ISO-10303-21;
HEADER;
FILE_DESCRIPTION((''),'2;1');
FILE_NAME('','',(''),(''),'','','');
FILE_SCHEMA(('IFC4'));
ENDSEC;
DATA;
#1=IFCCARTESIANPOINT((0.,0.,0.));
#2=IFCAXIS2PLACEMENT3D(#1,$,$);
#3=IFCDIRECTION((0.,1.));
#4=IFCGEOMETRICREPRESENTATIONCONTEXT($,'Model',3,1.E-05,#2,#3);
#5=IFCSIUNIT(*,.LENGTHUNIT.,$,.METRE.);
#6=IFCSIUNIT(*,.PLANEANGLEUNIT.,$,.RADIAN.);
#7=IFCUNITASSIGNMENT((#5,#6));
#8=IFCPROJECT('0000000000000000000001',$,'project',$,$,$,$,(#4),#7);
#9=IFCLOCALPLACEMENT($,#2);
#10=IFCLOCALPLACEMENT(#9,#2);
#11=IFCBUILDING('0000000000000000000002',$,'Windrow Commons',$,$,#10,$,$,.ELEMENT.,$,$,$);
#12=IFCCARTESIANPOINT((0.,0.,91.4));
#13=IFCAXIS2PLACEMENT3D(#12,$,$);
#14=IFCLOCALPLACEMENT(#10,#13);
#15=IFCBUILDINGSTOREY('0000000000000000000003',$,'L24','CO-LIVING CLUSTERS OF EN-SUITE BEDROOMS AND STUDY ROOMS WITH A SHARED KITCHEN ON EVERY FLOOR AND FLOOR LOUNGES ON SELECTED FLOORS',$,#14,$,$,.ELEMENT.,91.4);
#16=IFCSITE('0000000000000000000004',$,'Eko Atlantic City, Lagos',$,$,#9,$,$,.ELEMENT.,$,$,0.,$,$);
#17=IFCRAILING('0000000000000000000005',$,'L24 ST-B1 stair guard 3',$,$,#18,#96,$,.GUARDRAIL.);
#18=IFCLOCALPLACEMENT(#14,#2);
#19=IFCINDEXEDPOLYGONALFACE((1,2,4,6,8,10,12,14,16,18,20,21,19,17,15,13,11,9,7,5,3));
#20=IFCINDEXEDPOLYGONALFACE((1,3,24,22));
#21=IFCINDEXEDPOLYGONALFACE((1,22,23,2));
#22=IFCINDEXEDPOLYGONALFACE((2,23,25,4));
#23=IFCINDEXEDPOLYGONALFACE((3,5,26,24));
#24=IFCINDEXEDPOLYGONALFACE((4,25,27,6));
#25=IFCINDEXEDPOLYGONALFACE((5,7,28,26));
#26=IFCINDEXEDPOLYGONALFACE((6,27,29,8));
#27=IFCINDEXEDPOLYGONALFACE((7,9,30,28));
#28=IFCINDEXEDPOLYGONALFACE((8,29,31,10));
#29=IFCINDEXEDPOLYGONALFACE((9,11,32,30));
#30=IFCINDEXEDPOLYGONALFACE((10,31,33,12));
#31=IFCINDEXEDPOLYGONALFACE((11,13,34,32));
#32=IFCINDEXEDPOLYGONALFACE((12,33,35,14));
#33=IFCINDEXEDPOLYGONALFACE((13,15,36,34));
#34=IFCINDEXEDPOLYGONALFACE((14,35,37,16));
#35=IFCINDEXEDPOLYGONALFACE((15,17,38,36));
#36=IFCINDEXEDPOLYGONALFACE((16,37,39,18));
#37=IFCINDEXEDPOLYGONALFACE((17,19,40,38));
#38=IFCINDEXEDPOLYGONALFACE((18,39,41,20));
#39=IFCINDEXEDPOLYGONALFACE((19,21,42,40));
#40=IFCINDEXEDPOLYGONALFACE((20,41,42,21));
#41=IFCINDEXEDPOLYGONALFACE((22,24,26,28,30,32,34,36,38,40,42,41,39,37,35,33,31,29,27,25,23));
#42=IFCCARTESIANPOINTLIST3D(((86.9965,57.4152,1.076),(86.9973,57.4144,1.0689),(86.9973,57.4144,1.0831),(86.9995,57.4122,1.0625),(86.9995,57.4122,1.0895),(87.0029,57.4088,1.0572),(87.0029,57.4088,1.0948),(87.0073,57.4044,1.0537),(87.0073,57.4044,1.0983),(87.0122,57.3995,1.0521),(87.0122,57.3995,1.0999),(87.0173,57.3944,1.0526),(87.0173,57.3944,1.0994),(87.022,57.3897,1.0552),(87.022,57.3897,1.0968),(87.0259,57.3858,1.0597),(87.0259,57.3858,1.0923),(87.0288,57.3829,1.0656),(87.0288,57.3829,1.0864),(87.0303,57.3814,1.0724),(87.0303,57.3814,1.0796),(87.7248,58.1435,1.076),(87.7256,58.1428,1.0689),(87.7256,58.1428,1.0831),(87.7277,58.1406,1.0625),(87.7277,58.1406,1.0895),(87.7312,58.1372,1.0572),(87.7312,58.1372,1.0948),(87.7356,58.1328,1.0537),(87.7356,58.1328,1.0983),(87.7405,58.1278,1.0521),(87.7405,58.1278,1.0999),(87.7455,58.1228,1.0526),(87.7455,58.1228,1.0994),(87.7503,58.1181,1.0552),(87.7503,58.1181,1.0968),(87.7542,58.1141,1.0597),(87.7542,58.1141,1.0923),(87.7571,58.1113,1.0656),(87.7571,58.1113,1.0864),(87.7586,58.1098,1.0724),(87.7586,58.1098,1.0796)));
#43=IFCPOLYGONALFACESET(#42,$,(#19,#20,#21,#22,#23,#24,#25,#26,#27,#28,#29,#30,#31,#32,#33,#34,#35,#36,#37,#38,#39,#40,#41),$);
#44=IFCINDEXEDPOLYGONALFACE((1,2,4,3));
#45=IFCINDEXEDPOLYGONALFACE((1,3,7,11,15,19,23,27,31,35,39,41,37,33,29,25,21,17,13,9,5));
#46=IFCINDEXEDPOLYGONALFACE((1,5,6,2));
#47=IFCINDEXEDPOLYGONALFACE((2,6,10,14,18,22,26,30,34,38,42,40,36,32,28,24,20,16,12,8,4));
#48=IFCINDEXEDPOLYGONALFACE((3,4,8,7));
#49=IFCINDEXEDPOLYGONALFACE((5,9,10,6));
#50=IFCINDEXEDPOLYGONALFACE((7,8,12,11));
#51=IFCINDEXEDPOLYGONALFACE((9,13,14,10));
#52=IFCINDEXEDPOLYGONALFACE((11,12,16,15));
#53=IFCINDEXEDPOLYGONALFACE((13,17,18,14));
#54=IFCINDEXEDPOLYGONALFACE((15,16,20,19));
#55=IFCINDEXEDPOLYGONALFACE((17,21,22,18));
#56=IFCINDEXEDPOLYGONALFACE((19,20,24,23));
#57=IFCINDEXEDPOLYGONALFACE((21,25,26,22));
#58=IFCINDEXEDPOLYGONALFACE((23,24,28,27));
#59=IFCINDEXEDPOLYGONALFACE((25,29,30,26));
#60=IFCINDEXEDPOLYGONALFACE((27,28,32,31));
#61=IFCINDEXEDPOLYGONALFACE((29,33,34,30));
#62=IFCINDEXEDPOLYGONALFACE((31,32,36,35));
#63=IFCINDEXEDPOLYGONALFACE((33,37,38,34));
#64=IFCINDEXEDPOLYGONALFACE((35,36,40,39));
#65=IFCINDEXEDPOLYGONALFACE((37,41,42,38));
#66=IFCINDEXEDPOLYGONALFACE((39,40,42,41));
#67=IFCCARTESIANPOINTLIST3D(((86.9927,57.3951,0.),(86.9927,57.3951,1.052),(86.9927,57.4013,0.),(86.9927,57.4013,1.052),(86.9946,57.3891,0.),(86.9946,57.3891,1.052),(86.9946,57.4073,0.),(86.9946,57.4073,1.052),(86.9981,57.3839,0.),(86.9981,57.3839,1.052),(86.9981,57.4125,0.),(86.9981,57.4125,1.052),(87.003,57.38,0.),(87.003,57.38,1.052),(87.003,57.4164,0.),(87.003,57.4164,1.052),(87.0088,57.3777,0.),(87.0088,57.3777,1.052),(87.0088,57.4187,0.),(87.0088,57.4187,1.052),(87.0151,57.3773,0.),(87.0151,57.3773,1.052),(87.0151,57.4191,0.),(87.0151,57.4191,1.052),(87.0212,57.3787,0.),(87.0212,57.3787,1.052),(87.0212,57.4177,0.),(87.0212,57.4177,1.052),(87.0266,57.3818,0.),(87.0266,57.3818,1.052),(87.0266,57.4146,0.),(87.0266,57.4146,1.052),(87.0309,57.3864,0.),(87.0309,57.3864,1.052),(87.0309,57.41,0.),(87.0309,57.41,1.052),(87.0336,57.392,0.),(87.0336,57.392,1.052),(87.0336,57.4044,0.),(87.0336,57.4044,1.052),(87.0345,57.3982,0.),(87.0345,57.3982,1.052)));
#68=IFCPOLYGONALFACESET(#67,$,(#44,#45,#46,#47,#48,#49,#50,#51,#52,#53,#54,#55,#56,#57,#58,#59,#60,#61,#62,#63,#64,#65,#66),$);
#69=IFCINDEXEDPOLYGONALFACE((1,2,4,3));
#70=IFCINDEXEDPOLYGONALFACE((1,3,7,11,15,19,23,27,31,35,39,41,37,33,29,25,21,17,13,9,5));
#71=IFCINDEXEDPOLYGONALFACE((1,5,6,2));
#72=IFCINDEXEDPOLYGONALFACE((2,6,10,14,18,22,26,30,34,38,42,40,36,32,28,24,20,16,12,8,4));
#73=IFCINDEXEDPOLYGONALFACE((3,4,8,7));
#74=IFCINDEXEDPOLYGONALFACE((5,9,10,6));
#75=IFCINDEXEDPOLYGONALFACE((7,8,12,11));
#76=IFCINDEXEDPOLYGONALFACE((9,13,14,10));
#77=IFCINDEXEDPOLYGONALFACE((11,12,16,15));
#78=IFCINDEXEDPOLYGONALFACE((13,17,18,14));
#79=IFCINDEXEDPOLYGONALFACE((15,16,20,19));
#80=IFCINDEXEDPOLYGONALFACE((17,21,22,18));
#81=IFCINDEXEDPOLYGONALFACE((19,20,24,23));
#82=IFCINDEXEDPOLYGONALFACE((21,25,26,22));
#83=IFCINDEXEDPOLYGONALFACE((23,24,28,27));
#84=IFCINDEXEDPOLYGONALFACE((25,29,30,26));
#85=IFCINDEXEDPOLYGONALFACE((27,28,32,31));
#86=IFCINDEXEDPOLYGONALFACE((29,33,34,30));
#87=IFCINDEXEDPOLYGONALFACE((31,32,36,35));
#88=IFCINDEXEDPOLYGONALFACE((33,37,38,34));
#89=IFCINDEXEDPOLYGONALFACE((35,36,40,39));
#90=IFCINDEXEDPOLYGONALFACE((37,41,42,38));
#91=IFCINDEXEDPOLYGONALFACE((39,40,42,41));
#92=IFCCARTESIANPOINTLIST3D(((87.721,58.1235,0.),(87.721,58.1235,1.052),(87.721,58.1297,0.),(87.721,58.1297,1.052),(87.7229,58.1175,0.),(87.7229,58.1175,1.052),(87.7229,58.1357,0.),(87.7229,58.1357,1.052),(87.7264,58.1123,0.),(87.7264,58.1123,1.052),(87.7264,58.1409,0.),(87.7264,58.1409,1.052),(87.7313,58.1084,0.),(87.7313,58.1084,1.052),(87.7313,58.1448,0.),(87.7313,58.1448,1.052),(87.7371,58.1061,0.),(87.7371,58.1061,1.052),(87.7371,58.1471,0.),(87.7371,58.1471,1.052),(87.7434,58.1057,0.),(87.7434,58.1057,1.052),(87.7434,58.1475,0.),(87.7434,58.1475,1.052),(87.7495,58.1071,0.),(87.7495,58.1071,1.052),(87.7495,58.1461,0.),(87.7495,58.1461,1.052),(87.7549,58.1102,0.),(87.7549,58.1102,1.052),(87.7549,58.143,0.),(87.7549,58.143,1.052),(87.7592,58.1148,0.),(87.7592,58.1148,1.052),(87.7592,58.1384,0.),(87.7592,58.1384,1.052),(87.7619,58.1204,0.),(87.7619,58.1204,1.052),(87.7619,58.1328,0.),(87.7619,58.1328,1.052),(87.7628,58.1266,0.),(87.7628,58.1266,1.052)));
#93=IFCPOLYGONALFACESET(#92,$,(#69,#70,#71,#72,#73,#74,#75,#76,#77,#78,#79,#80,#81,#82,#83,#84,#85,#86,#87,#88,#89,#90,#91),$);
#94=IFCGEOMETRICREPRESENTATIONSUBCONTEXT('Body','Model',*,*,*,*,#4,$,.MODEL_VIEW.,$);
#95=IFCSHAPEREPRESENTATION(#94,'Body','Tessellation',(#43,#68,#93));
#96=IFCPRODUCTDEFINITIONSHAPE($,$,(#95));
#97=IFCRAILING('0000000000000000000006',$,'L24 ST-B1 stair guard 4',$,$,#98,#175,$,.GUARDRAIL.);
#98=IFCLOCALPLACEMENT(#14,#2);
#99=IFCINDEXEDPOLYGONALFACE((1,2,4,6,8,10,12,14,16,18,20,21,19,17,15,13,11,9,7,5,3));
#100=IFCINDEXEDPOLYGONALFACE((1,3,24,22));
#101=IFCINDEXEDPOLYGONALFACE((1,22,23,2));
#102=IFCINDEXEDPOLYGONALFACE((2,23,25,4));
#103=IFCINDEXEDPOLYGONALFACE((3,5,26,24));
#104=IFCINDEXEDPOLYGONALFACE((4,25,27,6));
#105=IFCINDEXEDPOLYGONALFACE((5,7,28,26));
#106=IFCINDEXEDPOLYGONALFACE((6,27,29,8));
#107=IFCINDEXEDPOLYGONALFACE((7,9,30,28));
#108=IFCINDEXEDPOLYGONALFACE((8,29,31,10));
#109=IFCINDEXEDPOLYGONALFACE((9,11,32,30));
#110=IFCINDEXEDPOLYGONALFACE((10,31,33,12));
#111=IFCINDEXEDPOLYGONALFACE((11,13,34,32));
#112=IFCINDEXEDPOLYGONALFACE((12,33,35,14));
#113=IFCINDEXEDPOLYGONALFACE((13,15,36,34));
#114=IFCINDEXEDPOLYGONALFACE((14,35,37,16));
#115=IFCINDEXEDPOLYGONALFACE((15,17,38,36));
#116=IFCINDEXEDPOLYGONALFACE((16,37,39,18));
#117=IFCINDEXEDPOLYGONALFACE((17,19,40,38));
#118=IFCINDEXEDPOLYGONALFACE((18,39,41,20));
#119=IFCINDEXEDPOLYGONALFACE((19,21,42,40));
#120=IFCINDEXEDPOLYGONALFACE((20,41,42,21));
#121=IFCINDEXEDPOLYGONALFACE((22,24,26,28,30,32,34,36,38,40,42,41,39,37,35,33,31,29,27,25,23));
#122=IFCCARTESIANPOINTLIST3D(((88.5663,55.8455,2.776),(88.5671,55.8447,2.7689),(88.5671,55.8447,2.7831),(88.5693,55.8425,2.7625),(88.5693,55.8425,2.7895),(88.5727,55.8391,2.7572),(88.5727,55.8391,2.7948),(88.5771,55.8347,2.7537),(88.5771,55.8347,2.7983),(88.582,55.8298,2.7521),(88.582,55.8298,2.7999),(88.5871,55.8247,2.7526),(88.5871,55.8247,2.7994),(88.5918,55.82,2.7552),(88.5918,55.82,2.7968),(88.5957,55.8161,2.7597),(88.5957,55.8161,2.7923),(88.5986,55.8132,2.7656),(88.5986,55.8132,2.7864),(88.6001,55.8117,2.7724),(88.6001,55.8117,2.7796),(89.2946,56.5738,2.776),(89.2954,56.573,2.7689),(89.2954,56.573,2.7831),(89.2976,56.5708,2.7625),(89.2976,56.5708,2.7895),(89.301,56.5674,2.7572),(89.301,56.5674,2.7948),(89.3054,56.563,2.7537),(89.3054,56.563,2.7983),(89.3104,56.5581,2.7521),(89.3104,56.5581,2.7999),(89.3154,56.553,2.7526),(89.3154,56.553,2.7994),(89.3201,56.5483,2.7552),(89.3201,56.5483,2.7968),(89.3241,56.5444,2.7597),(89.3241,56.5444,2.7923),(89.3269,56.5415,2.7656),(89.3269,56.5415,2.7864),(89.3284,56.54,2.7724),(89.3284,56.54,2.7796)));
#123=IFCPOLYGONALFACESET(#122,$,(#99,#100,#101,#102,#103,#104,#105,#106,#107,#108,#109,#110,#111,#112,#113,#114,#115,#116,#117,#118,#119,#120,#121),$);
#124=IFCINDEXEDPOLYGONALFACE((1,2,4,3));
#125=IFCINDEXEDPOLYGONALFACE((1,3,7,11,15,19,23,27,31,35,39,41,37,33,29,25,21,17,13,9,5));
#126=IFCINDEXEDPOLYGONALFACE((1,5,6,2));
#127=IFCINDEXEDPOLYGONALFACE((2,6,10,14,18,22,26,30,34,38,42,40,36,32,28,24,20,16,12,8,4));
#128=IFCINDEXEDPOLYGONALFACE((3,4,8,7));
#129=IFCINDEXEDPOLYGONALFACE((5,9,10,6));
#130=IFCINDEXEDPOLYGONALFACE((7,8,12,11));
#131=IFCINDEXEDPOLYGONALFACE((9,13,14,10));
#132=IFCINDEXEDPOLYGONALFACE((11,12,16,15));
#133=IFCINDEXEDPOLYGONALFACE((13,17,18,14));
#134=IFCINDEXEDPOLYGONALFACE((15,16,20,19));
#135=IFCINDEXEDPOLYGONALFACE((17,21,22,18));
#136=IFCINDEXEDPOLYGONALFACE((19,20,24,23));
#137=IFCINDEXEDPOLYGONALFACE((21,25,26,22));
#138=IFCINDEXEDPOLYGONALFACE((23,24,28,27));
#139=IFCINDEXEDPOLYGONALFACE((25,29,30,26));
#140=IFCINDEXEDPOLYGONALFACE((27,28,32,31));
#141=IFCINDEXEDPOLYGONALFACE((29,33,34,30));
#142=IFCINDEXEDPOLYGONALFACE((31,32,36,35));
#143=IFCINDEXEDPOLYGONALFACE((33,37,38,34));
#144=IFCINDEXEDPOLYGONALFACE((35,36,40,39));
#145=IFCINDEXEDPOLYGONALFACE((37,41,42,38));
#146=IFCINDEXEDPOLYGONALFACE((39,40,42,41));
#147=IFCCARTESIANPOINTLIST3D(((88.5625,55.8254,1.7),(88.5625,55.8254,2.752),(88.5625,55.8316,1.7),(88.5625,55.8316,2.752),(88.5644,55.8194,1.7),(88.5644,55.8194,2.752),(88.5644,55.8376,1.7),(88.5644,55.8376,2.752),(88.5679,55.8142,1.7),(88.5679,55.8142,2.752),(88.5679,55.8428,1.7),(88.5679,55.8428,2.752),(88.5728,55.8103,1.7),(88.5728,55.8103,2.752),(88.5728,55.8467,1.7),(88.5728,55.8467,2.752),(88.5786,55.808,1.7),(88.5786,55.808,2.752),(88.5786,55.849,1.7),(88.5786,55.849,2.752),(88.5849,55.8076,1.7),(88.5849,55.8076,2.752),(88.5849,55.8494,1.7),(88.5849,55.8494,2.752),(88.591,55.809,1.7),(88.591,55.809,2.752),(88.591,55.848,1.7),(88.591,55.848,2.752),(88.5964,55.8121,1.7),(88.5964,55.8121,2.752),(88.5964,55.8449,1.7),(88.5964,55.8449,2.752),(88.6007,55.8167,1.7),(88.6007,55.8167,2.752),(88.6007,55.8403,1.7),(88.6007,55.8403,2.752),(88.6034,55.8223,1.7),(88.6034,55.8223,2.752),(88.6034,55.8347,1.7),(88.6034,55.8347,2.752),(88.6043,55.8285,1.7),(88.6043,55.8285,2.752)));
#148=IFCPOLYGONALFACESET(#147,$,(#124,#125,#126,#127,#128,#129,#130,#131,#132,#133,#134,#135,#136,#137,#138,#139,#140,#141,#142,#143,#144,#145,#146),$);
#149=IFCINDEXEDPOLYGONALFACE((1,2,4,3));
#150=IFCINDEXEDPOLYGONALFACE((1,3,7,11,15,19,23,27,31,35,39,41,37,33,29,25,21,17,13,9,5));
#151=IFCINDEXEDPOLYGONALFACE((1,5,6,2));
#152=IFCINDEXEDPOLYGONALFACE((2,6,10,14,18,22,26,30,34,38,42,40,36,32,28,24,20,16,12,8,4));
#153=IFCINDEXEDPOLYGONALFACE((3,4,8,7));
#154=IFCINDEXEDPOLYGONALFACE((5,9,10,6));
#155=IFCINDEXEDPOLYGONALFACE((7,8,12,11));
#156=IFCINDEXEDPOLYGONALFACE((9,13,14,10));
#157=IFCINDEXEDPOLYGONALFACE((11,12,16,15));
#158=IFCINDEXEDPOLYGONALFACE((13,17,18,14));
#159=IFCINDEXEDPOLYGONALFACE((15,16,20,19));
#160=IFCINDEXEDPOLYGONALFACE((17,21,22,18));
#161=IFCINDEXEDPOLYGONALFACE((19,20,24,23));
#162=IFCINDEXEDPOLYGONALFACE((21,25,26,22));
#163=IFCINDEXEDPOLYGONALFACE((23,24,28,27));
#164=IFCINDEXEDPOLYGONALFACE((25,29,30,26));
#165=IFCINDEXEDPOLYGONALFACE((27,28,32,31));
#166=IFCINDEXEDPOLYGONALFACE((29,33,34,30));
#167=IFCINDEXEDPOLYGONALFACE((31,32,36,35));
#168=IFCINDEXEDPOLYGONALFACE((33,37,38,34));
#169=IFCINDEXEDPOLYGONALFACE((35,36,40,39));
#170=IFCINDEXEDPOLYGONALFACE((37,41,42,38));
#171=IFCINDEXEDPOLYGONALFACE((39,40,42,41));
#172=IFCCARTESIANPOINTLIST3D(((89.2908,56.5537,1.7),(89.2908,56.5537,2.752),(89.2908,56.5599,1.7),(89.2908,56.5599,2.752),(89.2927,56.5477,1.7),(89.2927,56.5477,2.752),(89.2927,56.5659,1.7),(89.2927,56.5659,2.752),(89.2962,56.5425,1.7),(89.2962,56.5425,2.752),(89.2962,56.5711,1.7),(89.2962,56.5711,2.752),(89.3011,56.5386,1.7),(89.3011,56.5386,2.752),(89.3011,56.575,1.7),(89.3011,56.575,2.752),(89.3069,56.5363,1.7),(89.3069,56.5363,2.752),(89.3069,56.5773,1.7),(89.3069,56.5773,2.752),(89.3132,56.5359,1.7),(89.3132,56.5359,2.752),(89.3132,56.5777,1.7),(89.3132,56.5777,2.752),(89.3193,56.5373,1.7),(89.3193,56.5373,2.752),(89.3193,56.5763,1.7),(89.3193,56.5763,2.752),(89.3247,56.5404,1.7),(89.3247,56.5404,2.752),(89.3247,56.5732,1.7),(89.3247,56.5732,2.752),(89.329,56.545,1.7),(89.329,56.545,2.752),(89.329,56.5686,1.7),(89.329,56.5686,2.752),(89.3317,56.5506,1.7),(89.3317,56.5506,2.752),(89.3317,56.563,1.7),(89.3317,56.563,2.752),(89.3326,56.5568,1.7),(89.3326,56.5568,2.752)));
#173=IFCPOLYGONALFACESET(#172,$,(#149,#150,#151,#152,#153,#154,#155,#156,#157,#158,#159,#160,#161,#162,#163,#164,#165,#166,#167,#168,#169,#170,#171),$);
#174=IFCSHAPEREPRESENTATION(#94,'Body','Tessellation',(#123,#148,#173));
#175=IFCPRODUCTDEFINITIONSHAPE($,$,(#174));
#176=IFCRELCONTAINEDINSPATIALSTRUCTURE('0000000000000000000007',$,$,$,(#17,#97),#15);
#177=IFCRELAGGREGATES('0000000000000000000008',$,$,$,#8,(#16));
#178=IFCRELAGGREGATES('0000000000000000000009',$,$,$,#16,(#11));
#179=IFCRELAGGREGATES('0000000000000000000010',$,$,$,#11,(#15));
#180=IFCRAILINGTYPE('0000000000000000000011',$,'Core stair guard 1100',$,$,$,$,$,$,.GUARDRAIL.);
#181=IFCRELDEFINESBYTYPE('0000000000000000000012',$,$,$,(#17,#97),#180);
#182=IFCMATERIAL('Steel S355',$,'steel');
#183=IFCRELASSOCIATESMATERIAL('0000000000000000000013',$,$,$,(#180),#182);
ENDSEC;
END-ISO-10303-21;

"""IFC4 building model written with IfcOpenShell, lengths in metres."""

from ifc_helpers import new_model, si_unit, direction, frame, origin, origin_2d, place, context, subcontext, project, spatial, circle, extrude, material, type_object, element, save


model = new_model("IFC4")

# Units and contexts
model_context = context("Model", 3, precision=1e-05, world=origin(), true_north=direction((0.0, 1.0)))
body_context = subcontext(model_context, "Body", "Model", "MODEL_VIEW")
ifc_project = project(units=[si_unit("LENGTHUNIT", "METRE"), si_unit("PLANEANGLEUNIT", "RADIAN")], contexts=[model_context])

# Site, building, storey
site_placement = place(None, origin())
site = spatial("IfcSite", under=ifc_project, at=site_placement, Name="Eko Atlantic City, Lagos", CompositionType="ELEMENT", RefElevation=0.0)
building_placement = place(site_placement, origin())
building = spatial("IfcBuilding", under=site, at=building_placement, Name="Windrow Commons", CompositionType="ELEMENT")
storey_placement = place(building_placement, frame((0.0, 0.0, 91.4)))
storey = spatial("IfcBuildingStorey", under=building, at=storey_placement, Name="L24", Description="CO-LIVING CLUSTERS OF EN-SUITE BEDROOMS AND STUDY ROOMS WITH A SHARED KITCHEN ON EVERY FLOOR AND FLOOR LOUNGES ON SELECTED FLOORS", CompositionType="ELEMENT", Elevation=91.4)

# Railings
ifc_material_1 = material(Name="Steel S355", Category="steel")
railing_type_1 = type_object("IfcRailingType", Name="Core stair guard 1100", PredefinedType="GUARDRAIL", material=ifc_material_1)
railing_1_placement = place(storey_placement, frame((87.0135, 57.3982, 0.0)))
element("IfcRailing", 1, at=railing_1_placement, inside=storey, type_object=railing_type_1, Name="L24 ST-B1 stair guard 3", PredefinedType="GUARDRAIL", context=body_context, shape_type="SweptSolid", body=[
    extrude(circle(Radius=0.024, at=origin_2d()), frame((0.0, 0.0, 1.076), z_axis=(0.707058, 0.707155, 0.0), x_axis=(-0.707155, 0.707058, 0.0)), (0.0, 0.0, 1.0), 1.03),
    extrude(circle(Radius=0.021, at=origin_2d()), origin(), (0.0, 0.0, 1.0), 1.052),
    extrude(circle(Radius=0.021, at=origin_2d()), frame((0.7283, 0.7284, 0.0)), (0.0, 0.0, 1.0), 1.052),
])
railing_2_placement = place(storey_placement, frame((88.5833, 55.8285, 1.7)))
element("IfcRailing", 2, at=railing_2_placement, inside=storey, type_object=railing_type_1, Name="L24 ST-B1 stair guard 4", PredefinedType="GUARDRAIL", context=body_context, shape_type="SweptSolid", body=[
    extrude(circle(Radius=0.024, at=origin_2d()), frame((0.0, 0.0, 1.076), z_axis=(0.707107, 0.707107, 0.0), x_axis=(-0.707107, 0.707107, 0.0)), (0.0, 0.0, 1.0), 1.03),
    extrude(circle(Radius=0.021, at=origin_2d()), origin(), (0.0, 0.0, 1.0), 1.052),
    extrude(circle(Radius=0.021, at=origin_2d()), frame((0.7283, 0.7283, 0.0)), (0.0, 0.0, 1.0), 1.052),
])

save(model, "model.ifc")
